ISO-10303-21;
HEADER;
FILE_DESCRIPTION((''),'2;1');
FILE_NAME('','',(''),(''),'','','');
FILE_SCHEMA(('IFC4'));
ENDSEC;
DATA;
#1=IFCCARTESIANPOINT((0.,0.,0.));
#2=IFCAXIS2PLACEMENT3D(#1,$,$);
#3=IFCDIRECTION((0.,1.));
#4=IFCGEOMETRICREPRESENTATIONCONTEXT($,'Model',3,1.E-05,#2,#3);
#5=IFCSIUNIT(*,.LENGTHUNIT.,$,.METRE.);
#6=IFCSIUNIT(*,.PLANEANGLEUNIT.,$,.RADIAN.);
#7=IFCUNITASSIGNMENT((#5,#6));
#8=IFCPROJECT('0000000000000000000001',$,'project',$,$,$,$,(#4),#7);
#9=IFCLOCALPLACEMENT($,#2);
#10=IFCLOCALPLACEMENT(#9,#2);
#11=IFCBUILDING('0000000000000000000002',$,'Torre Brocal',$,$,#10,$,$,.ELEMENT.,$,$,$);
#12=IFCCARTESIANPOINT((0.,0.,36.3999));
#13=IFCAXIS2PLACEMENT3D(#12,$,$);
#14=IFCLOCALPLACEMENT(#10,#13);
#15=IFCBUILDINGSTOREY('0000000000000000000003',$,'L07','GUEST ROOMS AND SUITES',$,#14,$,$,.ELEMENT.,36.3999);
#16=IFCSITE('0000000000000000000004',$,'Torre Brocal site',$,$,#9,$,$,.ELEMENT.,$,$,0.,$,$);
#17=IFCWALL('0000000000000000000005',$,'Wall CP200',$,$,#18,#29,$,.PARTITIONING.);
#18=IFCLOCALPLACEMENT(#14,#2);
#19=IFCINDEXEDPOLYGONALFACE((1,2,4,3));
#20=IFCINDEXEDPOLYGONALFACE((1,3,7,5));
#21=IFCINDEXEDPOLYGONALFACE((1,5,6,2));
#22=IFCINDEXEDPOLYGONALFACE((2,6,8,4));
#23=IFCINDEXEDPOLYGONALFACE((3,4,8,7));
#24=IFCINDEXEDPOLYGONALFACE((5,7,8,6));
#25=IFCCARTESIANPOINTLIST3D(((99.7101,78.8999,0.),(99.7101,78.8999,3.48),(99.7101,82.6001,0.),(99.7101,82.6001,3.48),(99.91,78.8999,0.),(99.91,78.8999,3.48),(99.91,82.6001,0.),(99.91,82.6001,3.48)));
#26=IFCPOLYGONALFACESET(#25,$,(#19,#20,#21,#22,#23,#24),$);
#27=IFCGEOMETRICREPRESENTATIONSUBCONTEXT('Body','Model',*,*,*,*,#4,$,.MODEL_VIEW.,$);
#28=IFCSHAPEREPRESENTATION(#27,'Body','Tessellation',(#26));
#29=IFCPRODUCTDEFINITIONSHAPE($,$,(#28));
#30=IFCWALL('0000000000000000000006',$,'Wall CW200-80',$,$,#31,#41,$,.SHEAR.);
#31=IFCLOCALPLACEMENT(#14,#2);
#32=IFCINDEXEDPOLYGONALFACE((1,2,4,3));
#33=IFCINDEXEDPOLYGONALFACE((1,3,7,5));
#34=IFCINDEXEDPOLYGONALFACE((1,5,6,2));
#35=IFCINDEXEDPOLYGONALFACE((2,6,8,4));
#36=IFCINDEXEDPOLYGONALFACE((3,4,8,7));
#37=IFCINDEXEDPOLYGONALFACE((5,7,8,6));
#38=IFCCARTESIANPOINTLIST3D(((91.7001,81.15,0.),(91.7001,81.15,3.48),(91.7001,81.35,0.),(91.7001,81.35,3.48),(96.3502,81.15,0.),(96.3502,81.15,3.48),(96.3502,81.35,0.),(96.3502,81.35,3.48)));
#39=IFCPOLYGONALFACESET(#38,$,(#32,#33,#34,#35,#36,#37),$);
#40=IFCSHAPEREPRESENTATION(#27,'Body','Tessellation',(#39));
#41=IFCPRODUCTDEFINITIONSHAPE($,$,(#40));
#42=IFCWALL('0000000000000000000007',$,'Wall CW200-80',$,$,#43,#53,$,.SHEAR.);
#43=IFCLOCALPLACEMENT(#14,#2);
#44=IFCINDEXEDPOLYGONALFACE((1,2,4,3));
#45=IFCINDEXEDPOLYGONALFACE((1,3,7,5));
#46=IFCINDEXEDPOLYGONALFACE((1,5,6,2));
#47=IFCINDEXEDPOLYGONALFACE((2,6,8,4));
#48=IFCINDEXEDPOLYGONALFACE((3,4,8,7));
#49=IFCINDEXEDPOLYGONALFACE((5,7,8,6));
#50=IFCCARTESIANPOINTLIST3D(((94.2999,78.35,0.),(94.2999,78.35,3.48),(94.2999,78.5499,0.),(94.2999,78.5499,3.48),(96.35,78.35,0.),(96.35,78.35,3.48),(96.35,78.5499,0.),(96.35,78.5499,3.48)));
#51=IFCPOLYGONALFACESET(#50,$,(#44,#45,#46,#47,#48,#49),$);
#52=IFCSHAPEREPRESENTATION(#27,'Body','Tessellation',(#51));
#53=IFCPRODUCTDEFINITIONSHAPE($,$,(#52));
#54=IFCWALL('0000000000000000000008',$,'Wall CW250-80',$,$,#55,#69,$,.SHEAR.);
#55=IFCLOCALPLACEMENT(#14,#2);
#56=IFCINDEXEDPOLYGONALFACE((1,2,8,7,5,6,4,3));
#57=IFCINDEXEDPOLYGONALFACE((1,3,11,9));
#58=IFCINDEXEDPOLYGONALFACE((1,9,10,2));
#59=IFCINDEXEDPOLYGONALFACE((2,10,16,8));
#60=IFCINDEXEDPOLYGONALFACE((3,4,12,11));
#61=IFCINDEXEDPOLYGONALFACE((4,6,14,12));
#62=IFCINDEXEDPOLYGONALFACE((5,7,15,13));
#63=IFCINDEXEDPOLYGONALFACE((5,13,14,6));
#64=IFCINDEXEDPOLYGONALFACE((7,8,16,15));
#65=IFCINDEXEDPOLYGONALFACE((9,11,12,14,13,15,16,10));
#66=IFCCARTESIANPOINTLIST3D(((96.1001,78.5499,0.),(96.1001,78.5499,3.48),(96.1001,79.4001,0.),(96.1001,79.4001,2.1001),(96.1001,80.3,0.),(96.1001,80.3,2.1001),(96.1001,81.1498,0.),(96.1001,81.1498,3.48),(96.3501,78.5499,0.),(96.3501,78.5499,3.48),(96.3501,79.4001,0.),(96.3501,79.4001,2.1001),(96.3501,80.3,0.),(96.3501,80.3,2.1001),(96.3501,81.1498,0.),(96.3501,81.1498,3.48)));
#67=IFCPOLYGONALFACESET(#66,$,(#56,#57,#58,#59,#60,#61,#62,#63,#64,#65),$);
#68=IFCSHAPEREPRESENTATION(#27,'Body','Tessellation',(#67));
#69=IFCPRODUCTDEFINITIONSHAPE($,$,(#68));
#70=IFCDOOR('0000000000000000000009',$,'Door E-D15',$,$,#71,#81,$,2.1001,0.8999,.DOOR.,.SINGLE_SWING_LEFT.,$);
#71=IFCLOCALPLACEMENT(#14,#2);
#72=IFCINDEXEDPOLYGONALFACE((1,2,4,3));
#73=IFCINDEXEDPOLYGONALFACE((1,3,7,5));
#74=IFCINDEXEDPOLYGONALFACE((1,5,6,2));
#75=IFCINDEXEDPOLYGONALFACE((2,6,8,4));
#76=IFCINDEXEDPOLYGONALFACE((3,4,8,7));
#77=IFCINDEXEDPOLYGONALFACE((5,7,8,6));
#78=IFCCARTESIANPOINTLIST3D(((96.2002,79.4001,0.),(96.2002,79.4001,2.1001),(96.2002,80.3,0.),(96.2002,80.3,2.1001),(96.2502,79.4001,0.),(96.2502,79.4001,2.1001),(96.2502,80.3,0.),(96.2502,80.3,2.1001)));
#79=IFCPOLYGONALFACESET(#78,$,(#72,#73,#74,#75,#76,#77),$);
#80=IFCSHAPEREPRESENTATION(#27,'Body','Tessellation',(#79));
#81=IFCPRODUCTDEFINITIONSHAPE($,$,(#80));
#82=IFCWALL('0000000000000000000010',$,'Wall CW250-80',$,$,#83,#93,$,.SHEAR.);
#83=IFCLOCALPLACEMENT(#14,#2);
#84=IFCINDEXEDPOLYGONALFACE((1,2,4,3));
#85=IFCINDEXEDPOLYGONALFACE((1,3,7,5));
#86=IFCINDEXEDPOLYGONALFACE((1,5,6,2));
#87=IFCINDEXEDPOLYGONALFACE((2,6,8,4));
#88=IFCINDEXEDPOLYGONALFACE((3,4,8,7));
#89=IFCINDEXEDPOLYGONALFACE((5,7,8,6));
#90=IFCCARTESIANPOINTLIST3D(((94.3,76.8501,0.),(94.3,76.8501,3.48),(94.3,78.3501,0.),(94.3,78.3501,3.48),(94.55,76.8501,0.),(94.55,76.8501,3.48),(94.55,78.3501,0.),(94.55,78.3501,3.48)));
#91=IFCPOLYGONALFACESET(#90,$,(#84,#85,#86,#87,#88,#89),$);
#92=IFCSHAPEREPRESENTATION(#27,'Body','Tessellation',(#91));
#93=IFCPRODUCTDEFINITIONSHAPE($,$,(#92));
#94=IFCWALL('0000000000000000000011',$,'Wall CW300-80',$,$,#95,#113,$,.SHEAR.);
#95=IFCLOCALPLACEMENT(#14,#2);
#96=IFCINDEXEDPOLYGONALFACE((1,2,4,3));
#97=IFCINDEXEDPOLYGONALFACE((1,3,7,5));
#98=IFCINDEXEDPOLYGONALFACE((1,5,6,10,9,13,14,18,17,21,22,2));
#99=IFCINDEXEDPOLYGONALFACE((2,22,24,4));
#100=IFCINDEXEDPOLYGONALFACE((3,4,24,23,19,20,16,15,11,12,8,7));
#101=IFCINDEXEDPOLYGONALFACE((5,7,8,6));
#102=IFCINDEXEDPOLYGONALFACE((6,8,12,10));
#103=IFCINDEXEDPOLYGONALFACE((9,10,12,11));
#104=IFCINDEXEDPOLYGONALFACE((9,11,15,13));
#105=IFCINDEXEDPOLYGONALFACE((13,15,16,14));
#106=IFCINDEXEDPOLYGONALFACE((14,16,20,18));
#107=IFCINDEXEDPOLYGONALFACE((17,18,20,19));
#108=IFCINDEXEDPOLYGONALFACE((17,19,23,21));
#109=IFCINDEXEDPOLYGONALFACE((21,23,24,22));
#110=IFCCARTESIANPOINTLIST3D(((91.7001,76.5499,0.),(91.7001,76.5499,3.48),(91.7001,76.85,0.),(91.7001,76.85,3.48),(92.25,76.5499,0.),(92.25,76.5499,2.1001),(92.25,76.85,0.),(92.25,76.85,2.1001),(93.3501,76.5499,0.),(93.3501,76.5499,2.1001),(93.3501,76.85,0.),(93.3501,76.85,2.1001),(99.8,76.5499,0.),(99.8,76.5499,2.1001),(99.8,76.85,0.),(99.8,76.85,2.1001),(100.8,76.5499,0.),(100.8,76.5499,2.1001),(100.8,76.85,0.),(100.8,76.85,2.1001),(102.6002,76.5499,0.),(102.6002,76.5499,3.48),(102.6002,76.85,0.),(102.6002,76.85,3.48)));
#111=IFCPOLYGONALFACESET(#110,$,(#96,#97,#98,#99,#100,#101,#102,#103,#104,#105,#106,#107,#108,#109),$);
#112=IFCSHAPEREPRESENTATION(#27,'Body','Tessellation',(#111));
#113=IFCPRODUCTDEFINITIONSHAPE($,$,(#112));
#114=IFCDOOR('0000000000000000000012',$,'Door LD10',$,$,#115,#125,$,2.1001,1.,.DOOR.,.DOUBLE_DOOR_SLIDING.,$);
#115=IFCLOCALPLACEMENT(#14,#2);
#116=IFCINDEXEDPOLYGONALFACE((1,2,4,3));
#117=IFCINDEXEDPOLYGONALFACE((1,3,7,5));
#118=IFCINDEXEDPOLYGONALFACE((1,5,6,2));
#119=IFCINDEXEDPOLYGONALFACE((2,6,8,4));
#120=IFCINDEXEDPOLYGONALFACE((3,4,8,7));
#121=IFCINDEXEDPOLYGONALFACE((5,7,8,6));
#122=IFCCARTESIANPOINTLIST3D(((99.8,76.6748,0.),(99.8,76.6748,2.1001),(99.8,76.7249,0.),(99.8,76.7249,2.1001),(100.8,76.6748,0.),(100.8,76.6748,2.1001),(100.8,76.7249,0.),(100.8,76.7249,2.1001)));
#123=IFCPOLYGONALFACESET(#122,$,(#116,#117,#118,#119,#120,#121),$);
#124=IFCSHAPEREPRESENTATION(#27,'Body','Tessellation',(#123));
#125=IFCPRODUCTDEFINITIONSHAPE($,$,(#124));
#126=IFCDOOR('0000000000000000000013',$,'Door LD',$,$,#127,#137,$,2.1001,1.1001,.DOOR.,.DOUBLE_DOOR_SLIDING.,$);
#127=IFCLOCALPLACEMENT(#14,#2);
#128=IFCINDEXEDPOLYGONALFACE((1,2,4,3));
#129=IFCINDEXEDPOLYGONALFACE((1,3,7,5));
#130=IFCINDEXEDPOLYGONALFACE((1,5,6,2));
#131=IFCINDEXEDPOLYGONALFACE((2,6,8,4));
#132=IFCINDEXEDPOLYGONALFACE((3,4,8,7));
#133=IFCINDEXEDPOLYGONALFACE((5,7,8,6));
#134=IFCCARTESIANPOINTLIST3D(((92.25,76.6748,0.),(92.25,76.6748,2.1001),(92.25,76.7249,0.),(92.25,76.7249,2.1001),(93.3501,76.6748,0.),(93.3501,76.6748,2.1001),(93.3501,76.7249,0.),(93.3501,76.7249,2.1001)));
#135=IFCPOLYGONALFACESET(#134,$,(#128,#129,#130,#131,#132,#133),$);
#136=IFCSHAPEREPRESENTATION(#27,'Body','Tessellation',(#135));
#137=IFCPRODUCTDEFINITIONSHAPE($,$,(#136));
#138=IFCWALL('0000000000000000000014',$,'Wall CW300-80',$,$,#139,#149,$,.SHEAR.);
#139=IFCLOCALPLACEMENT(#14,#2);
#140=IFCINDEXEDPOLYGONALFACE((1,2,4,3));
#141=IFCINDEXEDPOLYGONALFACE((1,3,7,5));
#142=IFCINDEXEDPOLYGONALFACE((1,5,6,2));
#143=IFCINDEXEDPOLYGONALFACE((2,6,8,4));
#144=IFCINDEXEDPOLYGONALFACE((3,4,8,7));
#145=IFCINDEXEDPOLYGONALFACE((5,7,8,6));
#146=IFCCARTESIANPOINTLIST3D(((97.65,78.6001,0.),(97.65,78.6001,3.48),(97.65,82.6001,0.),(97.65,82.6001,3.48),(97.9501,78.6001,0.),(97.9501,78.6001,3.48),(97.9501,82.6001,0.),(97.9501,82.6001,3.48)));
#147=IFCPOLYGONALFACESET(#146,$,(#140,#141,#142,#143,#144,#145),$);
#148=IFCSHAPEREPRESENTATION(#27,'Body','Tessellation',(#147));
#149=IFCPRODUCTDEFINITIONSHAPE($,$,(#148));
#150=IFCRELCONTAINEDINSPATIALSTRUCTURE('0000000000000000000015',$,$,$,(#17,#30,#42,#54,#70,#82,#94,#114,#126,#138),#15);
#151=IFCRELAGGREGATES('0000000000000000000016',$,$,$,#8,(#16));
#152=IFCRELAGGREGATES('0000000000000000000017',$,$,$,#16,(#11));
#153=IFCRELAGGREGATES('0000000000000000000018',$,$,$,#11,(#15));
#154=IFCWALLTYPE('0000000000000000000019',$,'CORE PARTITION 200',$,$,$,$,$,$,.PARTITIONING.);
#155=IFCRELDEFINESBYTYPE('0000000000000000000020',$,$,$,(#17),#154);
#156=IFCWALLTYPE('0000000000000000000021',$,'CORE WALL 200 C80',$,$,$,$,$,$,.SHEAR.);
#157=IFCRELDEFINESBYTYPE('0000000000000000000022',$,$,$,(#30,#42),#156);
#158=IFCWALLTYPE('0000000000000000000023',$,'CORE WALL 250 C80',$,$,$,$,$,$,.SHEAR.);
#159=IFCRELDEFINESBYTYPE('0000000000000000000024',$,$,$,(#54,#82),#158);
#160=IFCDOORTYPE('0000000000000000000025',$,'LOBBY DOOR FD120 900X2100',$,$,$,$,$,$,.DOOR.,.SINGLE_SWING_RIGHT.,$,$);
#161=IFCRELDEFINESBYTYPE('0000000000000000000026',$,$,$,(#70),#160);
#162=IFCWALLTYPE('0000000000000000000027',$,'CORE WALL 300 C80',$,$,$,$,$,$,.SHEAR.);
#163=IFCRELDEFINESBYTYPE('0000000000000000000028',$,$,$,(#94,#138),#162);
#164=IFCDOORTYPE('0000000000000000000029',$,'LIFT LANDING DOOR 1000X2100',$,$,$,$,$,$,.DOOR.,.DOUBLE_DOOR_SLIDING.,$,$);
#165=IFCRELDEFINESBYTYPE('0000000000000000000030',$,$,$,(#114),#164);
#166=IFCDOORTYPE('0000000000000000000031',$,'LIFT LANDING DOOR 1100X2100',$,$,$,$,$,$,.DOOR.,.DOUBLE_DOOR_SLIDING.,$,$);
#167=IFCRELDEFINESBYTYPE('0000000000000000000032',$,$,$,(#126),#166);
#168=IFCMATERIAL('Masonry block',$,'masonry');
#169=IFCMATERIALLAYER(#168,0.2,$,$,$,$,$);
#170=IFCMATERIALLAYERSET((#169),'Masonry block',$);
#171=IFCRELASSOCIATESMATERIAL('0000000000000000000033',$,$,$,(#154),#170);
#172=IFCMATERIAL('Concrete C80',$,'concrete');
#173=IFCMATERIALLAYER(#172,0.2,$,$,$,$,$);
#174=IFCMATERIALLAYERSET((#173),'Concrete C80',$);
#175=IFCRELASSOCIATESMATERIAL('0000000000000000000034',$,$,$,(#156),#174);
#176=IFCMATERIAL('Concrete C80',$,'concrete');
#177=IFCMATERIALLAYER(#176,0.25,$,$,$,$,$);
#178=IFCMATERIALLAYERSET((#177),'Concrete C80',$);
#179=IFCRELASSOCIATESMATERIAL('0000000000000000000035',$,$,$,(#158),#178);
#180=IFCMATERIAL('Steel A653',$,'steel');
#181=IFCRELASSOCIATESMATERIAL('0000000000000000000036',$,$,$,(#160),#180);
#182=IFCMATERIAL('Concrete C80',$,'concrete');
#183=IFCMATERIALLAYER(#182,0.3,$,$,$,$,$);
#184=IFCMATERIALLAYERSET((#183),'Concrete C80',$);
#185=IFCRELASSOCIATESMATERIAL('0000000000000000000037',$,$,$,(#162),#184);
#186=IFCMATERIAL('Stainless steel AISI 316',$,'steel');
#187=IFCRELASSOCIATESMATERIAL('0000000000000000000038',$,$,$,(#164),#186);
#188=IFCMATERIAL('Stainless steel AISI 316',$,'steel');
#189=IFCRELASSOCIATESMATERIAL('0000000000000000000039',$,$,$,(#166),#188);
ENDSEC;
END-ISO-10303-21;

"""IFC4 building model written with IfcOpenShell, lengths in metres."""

from ifc_helpers import new_model, si_unit, direction, frame, frame_2d, origin, place, context, subcontext, project, spatial, rectangle, extrude, material, layer, layer_set, type_object, element, fill, save


model = new_model("IFC4")

# Units and contexts
model_context = context("Model", 3, precision=1e-05, world=origin(), true_north=direction((0.0, 1.0)))
body_context = subcontext(model_context, "Body", "Model", "MODEL_VIEW")
ifc_project = project(units=[si_unit("LENGTHUNIT", "METRE"), si_unit("PLANEANGLEUNIT", "RADIAN")], contexts=[model_context])

# Site, building, storey
site_placement = place(None, origin())
site = spatial("IfcSite", under=ifc_project, at=site_placement, Name="Torre Brocal site", CompositionType="ELEMENT", RefElevation=0.0)
building_placement = place(site_placement, origin())
building = spatial("IfcBuilding", under=site, at=building_placement, Name="Torre Brocal", CompositionType="ELEMENT")
storey_placement = place(building_placement, frame((0.0, 0.0, 36.3999)))
storey = spatial("IfcBuildingStorey", under=building, at=storey_placement, Name="L07", Description="GUEST ROOMS AND SUITES", CompositionType="ELEMENT", Elevation=36.3999)

# Walls
ifc_material_1 = material(Name="Masonry block", Category="masonry")
ifc_layer_1 = layer(ifc_material_1, 0.2)
ifc_layer_set_1 = layer_set([ifc_layer_1], Name="Masonry block")
wall_type_1 = type_object("IfcWallType", Name="CORE PARTITION 200", PredefinedType="PARTITIONING", material=ifc_layer_set_1)
wall_1_placement = place(storey_placement, frame((99.8101, 78.8999, 0.0), z_axis=(0.0, 0.0, 1.0), x_axis=(0.0, 1.0, 0.0)))
element("IfcWall", 1, at=wall_1_placement, inside=storey, type_object=wall_type_1, Name="Wall CP200", PredefinedType="PARTITIONING", context=body_context, shape_type="SweptSolid", body=[
    extrude(rectangle(XDim=3.7002, YDim=0.2, at=frame_2d((1.8501, 0.0))), origin(), (0.0, 0.0, 1.0), 3.48),
])
ifc_material_2 = material(Name="Concrete C80", Category="concrete")
ifc_layer_2 = layer(ifc_material_2, 0.2)
ifc_layer_set_2 = layer_set([ifc_layer_2], Name="Concrete C80")
wall_type_2 = type_object("IfcWallType", Name="CORE WALL 200 C80", PredefinedType="SHEAR", material=ifc_layer_set_2)
wall_2_placement = place(storey_placement, frame((91.7, 81.25, 0.0), z_axis=(0.0, 0.0, 1.0), x_axis=(1.0, 0.0, 0.0)))
element("IfcWall", 2, at=wall_2_placement, inside=storey, type_object=wall_type_2, Name="Wall CW200-80", PredefinedType="SHEAR", context=body_context, shape_type="SweptSolid", body=[
    extrude(rectangle(XDim=4.6501, YDim=0.2, at=frame_2d((2.3252, 0.0))), origin(), (0.0, 0.0, 1.0), 3.48),
])
wall_3_placement = place(storey_placement, frame((94.3, 78.45, 0.0), z_axis=(0.0, 0.0, 1.0), x_axis=(1.0, 0.0, 0.0)))
element("IfcWall", 3, at=wall_3_placement, inside=storey, type_object=wall_type_2, Name="Wall CW200-80", PredefinedType="SHEAR", context=body_context, shape_type="SweptSolid", body=[
    extrude(rectangle(XDim=2.05, YDim=0.2, at=frame_2d((1.0249, 0.0))), origin(), (0.0, 0.0, 1.0), 3.48),
])

# Wall, opening, door
ifc_material_3 = material(Name="Concrete C80", Category="concrete")
ifc_layer_3 = layer(ifc_material_3, 0.25)
ifc_layer_set_3 = layer_set([ifc_layer_3], Name="Concrete C80")
wall_type_3 = type_object("IfcWallType", Name="CORE WALL 250 C80", PredefinedType="SHEAR", material=ifc_layer_set_3)
wall_4_placement = place(storey_placement, frame((96.2251, 78.55, 0.0), z_axis=(0.0, 0.0, 1.0), x_axis=(0.0, 1.0, 0.0)))
wall_4 = element("IfcWall", 4, at=wall_4_placement, inside=storey, type_object=wall_type_3, Name="Wall CW250-80", PredefinedType="SHEAR", context=body_context, shape_type="SweptSolid", body=[
    extrude(rectangle(XDim=2.5999, YDim=0.25, at=frame_2d((1.2998, 0.0))), origin(), (0.0, 0.0, 1.0), 3.48),
])
opening_1_placement = place(wall_4_placement, frame((0.8501, 0.0, 0.0)))
opening_1 = element("IfcOpeningElement", 5, at=opening_1_placement, cuts=wall_4, PredefinedType="OPENING", context=body_context, shape_type="SweptSolid", body=[
    extrude(rectangle(XDim=0.8999, YDim=2.1001, at=frame_2d((0.45, 1.05))), frame((0.0, 0.135, 0.0), z_axis=(0.0, -1.0, 0.0), x_axis=(1.0, 0.0, 0.0)), (0.0, 0.0, 1.0), 0.27),
])
ifc_material_4 = material(Name="Steel A653", Category="steel")
door_type_1 = type_object("IfcDoorType", Name="LOBBY DOOR FD120 900X2100", OperationType="SINGLE_SWING_RIGHT", PredefinedType="DOOR", material=ifc_material_4)
door_1_placement = place(opening_1_placement, origin())
door_1 = element("IfcDoor", 6, at=door_1_placement, inside=storey, type_object=door_type_1, Name="Door E-D15", OperationType="SINGLE_SWING_LEFT", OverallHeight=2.1001, OverallWidth=0.8999, PredefinedType="DOOR", context=body_context, shape_type="SweptSolid", body=[
    extrude(rectangle(XDim=0.8999, YDim=2.1001, at=frame_2d((0.45, 1.05))), frame((0.0, 0.0249, 0.0), z_axis=(0.0, -1.0, 0.0), x_axis=(1.0, 0.0, 0.0)), (0.0, 0.0, 1.0), 0.05),
])
fill(opening_1, door_1)

# Wall
wall_5_placement = place(storey_placement, frame((94.425, 76.8501, 0.0), z_axis=(0.0, 0.0, 1.0), x_axis=(0.0, 1.0, 0.0)))
element("IfcWall", 7, at=wall_5_placement, inside=storey, type_object=wall_type_3, Name="Wall CW250-80", PredefinedType="SHEAR", context=body_context, shape_type="SweptSolid", body=[
    extrude(rectangle(XDim=1.5, YDim=0.25, at=frame_2d((0.75, 0.0))), origin(), (0.0, 0.0, 1.0), 3.48),
])

# Wall, openings, doors
ifc_material_5 = material(Name="Concrete C80", Category="concrete")
ifc_layer_4 = layer(ifc_material_5, 0.3)
ifc_layer_set_4 = layer_set([ifc_layer_4], Name="Concrete C80")
wall_type_4 = type_object("IfcWallType", Name="CORE WALL 300 C80", PredefinedType="SHEAR", material=ifc_layer_set_4)
wall_6_placement = place(storey_placement, frame((91.7, 76.7, 0.0), z_axis=(0.0, 0.0, 1.0), x_axis=(1.0, 0.0, 0.0)))
wall_6 = element("IfcWall", 8, at=wall_6_placement, inside=storey, type_object=wall_type_4, Name="Wall CW300-80", PredefinedType="SHEAR", context=body_context, shape_type="SweptSolid", body=[
    extrude(rectangle(XDim=10.9001, YDim=0.3, at=frame_2d((5.4502, 0.0))), origin(), (0.0, 0.0, 1.0), 3.48),
])
opening_2_placement = place(wall_6_placement, frame((0.55, 0.0, 0.0)))
opening_2 = element("IfcOpeningElement", 9, at=opening_2_placement, cuts=wall_6, PredefinedType="OPENING", context=body_context, shape_type="SweptSolid", body=[
    extrude(rectangle(XDim=1.1001, YDim=2.1001, at=frame_2d((0.55, 1.05))), frame((0.0, 0.1599, 0.0), z_axis=(0.0, -1.0, 0.0), x_axis=(1.0, 0.0, 0.0)), (0.0, 0.0, 1.0), 0.3201),
])
opening_3_placement = place(wall_6_placement, frame((8.1001, 0.0, 0.0)))
opening_3 = element("IfcOpeningElement", 10, at=opening_3_placement, cuts=wall_6, PredefinedType="OPENING", context=body_context, shape_type="SweptSolid", body=[
    extrude(rectangle(XDim=1.0, YDim=2.1001, at=frame_2d((0.5, 1.05))), frame((0.0, 0.1599, 0.0), z_axis=(0.0, -1.0, 0.0), x_axis=(1.0, 0.0, 0.0)), (0.0, 0.0, 1.0), 0.3201),
])
ifc_material_6 = material(Name="Stainless steel AISI 316", Category="steel")
door_type_2 = type_object("IfcDoorType", Name="LIFT LANDING DOOR 1000X2100", OperationType="DOUBLE_DOOR_SLIDING", PredefinedType="DOOR", material=ifc_material_6)
door_2_placement = place(opening_3_placement, origin())
door_2 = element("IfcDoor", 11, at=door_2_placement, inside=storey, type_object=door_type_2, Name="Door LD10", OperationType="DOUBLE_DOOR_SLIDING", OverallHeight=2.1001, OverallWidth=1.0, PredefinedType="DOOR", context=body_context, shape_type="SweptSolid", body=[
    extrude(rectangle(XDim=1.0, YDim=2.1001, at=frame_2d((0.5, 1.05))), frame((0.0, 0.0249, 0.0), z_axis=(0.0, -1.0, 0.0), x_axis=(1.0, 0.0, 0.0)), (0.0, 0.0, 1.0), 0.05),
])
fill(opening_3, door_2)
ifc_material_7 = material(Name="Stainless steel AISI 316", Category="steel")
door_type_3 = type_object("IfcDoorType", Name="LIFT LANDING DOOR 1100X2100", OperationType="DOUBLE_DOOR_SLIDING", PredefinedType="DOOR", material=ifc_material_7)
door_3_placement = place(opening_2_placement, origin())
door_3 = element("IfcDoor", 12, at=door_3_placement, inside=storey, type_object=door_type_3, Name="Door LD", OperationType="DOUBLE_DOOR_SLIDING", OverallHeight=2.1001, OverallWidth=1.1001, PredefinedType="DOOR", context=body_context, shape_type="SweptSolid", body=[
    extrude(rectangle(XDim=1.1001, YDim=2.1001, at=frame_2d((0.55, 1.05))), frame((0.0, 0.0249, 0.0), z_axis=(0.0, -1.0, 0.0), x_axis=(1.0, 0.0, 0.0)), (0.0, 0.0, 1.0), 0.05),
])
fill(opening_2, door_3)

# Wall
wall_7_placement = place(storey_placement, frame((97.8, 78.6001, 0.0), z_axis=(0.0, 0.0, 1.0), x_axis=(0.0, 1.0, 0.0)))
element("IfcWall", 13, at=wall_7_placement, inside=storey, type_object=wall_type_4, Name="Wall CW300-80", PredefinedType="SHEAR", context=body_context, shape_type="SweptSolid", body=[
    extrude(rectangle(XDim=4.0, YDim=0.3, at=frame_2d((2.0, 0.0))), origin(), (0.0, 0.0, 1.0), 3.48),
])

save(model, "model.ifc")
